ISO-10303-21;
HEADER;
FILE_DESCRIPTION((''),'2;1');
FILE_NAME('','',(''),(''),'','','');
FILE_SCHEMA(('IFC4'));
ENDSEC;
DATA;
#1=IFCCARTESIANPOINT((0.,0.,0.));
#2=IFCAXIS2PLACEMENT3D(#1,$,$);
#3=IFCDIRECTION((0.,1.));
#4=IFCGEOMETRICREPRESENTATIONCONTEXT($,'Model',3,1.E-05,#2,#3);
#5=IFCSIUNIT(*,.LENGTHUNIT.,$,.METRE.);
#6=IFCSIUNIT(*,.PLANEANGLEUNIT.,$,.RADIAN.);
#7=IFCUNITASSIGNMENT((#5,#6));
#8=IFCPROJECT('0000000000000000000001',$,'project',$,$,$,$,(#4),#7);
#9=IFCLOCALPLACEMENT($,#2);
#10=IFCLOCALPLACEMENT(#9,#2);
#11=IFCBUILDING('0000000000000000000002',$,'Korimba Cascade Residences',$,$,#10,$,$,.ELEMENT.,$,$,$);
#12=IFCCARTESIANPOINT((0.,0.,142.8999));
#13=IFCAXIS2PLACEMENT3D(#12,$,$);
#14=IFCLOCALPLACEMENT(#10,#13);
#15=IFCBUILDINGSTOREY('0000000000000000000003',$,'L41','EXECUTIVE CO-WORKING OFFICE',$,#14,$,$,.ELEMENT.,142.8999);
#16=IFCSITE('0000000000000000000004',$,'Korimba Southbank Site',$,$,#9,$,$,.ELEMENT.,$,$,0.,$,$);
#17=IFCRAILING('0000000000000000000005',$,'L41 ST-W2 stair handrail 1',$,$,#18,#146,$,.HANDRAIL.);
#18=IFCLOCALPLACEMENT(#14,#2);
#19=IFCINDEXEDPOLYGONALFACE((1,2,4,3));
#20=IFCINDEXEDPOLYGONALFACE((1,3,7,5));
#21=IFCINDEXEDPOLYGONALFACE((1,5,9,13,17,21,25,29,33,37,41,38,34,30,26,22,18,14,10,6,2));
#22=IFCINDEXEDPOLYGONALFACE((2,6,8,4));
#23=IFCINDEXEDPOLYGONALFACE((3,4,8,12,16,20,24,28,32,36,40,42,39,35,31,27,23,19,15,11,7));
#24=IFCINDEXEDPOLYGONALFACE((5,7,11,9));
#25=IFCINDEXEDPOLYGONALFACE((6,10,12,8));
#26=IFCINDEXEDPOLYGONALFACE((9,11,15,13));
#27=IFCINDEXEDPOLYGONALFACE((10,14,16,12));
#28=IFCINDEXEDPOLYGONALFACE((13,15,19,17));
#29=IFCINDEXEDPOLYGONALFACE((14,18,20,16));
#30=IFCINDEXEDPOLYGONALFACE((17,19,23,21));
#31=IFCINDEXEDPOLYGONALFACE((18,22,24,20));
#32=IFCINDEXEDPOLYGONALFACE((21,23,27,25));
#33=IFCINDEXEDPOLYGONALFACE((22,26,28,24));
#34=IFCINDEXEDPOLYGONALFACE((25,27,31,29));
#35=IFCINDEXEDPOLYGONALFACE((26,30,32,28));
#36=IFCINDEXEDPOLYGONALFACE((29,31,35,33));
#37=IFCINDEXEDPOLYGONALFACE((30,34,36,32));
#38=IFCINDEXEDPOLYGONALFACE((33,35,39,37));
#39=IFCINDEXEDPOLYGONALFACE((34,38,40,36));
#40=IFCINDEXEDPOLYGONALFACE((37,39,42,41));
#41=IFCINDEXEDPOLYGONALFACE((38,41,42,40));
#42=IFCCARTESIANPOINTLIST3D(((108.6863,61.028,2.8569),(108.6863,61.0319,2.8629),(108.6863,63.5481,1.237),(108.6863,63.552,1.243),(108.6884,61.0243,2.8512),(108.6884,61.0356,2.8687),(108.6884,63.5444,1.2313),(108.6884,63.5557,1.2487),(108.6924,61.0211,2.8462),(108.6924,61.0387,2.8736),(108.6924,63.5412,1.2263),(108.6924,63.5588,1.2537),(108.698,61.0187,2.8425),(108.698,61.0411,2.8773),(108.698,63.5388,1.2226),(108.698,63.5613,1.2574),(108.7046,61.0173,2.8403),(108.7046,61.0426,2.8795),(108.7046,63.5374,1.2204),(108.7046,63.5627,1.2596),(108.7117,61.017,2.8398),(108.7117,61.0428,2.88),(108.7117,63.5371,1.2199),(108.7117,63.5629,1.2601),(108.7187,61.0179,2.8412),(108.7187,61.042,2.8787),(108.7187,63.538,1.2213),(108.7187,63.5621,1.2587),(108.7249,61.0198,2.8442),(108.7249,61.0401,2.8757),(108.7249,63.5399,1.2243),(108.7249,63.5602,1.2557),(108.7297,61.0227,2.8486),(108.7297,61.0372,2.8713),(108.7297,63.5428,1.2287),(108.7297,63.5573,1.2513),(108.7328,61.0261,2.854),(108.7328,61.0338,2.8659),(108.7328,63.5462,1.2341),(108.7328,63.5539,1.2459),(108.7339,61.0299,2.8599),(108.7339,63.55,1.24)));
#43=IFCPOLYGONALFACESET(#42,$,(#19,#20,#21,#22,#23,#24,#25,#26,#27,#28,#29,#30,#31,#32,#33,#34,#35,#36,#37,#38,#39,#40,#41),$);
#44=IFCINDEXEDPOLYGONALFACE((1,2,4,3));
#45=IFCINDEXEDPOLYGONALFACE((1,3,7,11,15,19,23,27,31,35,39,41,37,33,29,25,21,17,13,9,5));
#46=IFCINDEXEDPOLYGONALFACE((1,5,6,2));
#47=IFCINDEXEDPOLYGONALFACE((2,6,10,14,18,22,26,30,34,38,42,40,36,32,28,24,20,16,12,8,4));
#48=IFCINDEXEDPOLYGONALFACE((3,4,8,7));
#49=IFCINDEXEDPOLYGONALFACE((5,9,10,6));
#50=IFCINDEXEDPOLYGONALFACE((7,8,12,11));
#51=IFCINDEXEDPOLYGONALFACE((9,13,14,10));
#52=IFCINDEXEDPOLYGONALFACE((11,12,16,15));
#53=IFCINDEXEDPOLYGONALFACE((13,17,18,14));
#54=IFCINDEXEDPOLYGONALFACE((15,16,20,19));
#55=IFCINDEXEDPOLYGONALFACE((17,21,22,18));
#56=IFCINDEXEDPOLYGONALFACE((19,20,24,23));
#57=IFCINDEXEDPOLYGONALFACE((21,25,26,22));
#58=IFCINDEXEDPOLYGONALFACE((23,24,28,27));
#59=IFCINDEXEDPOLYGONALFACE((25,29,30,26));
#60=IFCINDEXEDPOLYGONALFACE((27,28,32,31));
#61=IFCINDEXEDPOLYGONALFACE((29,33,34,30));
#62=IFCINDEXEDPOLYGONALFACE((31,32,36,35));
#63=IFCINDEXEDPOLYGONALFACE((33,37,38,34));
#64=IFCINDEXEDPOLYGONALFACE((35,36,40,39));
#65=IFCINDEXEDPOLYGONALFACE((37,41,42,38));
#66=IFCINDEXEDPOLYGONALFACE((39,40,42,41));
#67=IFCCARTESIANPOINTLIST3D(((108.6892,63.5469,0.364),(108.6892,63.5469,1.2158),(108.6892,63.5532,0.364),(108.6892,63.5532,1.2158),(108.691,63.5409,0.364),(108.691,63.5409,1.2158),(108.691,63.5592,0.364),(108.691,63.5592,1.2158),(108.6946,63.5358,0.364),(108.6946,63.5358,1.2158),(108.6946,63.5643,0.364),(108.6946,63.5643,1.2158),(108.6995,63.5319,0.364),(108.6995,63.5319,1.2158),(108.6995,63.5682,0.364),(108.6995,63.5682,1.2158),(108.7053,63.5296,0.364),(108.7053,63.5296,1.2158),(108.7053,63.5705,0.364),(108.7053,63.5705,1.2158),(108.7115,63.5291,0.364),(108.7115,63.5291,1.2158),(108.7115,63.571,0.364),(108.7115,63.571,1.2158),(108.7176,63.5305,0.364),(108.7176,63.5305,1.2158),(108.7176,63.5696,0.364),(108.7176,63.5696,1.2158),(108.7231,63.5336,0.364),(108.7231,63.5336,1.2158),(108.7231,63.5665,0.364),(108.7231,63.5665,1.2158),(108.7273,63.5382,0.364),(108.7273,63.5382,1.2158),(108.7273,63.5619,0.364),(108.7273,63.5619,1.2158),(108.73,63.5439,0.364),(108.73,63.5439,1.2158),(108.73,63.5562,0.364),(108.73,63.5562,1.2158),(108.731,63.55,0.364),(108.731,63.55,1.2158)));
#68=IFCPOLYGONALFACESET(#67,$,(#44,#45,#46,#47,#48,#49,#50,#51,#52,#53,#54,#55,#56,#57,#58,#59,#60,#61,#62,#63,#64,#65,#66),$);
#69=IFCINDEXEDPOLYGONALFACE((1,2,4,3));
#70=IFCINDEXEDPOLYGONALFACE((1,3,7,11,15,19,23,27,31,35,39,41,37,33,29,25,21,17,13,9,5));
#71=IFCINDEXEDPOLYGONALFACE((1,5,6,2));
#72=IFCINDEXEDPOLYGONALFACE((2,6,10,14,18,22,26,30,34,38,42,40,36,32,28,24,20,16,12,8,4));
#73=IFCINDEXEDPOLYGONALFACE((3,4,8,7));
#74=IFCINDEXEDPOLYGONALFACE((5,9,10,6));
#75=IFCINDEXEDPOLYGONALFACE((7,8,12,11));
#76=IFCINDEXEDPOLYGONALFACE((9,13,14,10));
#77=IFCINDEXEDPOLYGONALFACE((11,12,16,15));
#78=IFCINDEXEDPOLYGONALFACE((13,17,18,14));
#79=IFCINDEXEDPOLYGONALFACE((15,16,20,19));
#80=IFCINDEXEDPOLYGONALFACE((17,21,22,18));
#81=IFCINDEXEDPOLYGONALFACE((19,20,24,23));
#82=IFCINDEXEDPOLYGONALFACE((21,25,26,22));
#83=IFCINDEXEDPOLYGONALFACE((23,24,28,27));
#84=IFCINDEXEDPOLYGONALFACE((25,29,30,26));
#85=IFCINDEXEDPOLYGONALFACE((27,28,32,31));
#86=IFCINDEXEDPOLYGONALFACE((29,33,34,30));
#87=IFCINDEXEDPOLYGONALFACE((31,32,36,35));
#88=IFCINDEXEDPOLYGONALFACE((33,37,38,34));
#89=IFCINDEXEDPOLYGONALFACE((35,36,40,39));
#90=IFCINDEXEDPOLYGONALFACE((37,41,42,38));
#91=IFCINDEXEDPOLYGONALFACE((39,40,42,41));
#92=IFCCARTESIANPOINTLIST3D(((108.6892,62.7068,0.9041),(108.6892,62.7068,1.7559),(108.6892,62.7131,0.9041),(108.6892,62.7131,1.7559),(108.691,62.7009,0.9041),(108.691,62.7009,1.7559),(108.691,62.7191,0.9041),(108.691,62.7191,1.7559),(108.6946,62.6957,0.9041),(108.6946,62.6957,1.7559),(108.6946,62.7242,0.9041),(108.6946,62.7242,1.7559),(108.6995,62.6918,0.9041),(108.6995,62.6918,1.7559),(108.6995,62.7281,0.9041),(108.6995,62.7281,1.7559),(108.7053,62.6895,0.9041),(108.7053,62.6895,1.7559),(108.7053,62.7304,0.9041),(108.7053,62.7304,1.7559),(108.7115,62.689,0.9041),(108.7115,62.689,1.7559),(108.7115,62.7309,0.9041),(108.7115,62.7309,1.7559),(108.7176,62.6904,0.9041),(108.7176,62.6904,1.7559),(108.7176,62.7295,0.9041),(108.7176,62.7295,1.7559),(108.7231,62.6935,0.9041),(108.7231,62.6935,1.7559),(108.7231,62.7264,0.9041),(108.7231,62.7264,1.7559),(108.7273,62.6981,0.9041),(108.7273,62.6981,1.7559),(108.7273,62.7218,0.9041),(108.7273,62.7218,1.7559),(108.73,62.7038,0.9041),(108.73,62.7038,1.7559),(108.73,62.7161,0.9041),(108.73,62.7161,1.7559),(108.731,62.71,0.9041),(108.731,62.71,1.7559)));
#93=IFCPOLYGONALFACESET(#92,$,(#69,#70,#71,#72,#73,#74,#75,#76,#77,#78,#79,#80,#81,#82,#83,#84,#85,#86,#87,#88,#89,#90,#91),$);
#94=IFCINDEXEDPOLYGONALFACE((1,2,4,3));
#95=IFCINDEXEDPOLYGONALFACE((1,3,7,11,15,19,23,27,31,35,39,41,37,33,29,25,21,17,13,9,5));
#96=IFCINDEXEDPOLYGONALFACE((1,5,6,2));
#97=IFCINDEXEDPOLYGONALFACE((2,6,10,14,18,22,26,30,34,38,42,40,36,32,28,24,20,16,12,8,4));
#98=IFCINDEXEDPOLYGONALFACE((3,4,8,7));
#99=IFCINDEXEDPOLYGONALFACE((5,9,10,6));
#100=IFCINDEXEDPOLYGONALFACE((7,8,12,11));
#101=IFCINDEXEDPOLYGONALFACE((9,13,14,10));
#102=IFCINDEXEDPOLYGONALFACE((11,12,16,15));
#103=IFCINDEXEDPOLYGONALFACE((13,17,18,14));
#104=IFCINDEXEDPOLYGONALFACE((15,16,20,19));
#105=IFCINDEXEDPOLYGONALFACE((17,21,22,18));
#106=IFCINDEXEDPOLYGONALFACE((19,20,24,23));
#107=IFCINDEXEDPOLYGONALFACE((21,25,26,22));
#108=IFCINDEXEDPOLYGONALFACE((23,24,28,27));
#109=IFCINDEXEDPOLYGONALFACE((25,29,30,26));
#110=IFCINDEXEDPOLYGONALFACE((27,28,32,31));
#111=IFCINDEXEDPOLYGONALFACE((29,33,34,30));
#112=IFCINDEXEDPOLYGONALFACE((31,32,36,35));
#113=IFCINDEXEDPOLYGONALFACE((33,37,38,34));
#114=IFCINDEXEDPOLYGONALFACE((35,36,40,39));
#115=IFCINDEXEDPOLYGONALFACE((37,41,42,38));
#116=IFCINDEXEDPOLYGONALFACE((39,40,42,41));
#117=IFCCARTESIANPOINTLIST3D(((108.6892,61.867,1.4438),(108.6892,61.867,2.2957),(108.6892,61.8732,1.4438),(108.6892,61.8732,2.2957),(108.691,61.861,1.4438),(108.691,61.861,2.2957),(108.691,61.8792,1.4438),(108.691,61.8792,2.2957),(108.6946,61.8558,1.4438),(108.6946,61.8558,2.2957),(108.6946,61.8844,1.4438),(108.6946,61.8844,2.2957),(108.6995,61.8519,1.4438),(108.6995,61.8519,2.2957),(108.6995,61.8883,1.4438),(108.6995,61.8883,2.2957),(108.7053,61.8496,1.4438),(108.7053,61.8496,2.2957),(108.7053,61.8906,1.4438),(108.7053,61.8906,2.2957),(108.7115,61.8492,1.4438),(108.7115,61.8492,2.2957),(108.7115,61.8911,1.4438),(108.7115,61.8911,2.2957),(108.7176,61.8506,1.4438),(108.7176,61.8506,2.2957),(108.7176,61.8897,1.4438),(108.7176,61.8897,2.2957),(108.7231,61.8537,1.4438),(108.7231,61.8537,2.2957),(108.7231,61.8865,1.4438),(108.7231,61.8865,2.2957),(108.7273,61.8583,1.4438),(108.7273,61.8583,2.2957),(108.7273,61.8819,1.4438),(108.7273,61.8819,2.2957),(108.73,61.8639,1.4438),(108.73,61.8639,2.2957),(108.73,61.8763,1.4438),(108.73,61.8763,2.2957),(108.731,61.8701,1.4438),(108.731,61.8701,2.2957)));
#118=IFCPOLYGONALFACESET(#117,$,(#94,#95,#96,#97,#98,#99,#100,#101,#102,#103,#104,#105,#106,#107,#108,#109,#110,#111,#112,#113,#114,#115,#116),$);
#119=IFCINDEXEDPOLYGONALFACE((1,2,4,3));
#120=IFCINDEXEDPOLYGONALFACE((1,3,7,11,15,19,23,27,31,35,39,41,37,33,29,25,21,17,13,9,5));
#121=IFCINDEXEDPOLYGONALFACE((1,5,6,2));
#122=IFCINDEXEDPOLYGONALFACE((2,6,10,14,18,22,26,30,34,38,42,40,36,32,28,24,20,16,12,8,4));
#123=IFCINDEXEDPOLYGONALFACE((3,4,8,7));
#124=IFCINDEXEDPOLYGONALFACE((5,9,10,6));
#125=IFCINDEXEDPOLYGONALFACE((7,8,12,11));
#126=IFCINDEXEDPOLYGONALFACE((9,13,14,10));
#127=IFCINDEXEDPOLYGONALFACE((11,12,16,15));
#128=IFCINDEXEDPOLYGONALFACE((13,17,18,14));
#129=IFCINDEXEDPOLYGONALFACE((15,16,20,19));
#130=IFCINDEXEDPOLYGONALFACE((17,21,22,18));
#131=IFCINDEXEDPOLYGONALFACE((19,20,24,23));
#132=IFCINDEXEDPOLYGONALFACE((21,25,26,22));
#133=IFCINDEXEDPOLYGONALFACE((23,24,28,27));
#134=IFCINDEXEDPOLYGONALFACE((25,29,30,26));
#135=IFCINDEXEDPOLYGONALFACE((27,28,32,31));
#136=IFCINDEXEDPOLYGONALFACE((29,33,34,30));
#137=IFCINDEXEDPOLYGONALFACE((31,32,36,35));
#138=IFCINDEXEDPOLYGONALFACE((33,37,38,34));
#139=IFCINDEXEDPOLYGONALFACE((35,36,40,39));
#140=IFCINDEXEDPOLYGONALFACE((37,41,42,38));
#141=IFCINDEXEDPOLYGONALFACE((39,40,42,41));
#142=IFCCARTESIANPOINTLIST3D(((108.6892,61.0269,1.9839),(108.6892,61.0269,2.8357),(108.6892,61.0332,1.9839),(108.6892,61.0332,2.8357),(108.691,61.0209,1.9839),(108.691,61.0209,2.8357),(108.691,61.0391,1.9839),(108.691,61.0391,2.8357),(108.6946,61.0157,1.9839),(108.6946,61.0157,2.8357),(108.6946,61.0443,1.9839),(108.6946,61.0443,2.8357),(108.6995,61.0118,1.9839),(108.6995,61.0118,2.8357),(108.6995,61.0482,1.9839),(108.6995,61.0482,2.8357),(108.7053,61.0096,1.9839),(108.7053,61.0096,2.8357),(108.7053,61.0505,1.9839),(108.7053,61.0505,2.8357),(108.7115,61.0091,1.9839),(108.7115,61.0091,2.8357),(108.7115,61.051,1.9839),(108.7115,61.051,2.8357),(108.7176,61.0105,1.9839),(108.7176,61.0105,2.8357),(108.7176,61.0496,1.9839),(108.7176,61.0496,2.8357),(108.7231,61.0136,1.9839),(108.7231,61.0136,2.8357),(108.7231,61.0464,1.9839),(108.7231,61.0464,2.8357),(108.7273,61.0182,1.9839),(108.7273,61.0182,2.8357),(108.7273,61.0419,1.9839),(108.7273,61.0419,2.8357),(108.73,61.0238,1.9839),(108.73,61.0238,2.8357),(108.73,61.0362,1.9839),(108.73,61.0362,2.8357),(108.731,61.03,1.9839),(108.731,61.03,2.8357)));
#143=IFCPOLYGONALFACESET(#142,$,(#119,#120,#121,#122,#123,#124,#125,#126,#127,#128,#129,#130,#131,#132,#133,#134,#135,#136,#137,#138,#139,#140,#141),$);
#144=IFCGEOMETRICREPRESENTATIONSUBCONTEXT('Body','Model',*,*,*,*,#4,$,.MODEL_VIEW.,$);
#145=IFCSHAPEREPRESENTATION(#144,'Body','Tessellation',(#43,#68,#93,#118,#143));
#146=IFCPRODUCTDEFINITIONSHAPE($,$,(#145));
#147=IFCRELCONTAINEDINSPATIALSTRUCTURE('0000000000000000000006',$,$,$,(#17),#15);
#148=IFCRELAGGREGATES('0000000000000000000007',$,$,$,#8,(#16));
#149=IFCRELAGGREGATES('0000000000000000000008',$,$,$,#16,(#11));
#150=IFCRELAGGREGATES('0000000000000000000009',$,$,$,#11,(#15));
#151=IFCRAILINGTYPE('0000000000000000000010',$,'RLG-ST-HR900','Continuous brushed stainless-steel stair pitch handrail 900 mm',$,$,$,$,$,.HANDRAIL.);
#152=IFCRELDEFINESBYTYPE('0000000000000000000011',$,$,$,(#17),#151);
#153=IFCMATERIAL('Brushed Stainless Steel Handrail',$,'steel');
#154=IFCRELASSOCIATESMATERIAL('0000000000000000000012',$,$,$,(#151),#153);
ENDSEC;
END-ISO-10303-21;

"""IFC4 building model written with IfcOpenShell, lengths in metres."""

from ifc_helpers import new_model, si_unit, direction, frame, origin, origin_2d, place, context, subcontext, project, spatial, circle, extrude, material, type_object, element, save


model = new_model("IFC4")

# Units and contexts
model_context = context("Model", 3, precision=1e-05, world=origin(), true_north=direction((0.0, 1.0)))
body_context = subcontext(model_context, "Body", "Model", "MODEL_VIEW")
ifc_project = project(units=[si_unit("LENGTHUNIT", "METRE"), si_unit("PLANEANGLEUNIT", "RADIAN")], contexts=[model_context])

# Site, building, storey
site_placement = place(None, origin())
site = spatial("IfcSite", under=ifc_project, at=site_placement, Name="Korimba Southbank Site", CompositionType="ELEMENT", RefElevation=0.0)
building_placement = place(site_placement, origin())
building = spatial("IfcBuilding", under=site, at=building_placement, Name="Korimba Cascade Residences", CompositionType="ELEMENT")
storey_placement = place(building_placement, frame((0.0, 0.0, 142.8999)))
storey = spatial("IfcBuildingStorey", under=building, at=storey_placement, Name="L41", Description="EXECUTIVE CO-WORKING OFFICE", CompositionType="ELEMENT", Elevation=142.8999)

# Railing
ifc_material_1 = material(Name="Brushed Stainless Steel Handrail", Category="steel")
railing_type_1 = type_object("IfcRailingType", Name="RLG-ST-HR900", Description="Continuous brushed stainless-steel stair pitch handrail 900 mm", PredefinedType="HANDRAIL", material=ifc_material_1)
railing_1_placement = place(storey_placement, frame((108.71, 63.55, 0.364)))
element("IfcRailing", 1, at=railing_1_placement, inside=storey, type_object=railing_type_1, Name="L41 ST-W2 stair handrail 1", PredefinedType="HANDRAIL", context=body_context, shape_type="SweptSolid", body=[
    extrude(circle(Radius=0.0239, at=origin_2d()), frame((0.0, 0.0, 0.876), z_axis=(0.0, -0.8412, 0.540725), x_axis=(1.0, 0.0, 0.0)), (0.0, 0.0, 1.0), 2.9958),
    extrude(circle(Radius=0.021, at=origin_2d()), origin(), (0.0, 0.0, 1.0), 0.8518),
    extrude(circle(Radius=0.021, at=origin_2d()), frame((0.0, -0.8401, 0.54)), (0.0, 0.0, 1.0), 0.8518),
    extrude(circle(Radius=0.021, at=origin_2d()), frame((0.0, -1.6799, 1.0798)), (0.0, 0.0, 1.0), 0.8518),
    extrude(circle(Radius=0.021, at=origin_2d()), frame((0.0, -2.52, 1.6199)), (0.0, 0.0, 1.0), 0.8518),
])

save(model, "model.ifc")
